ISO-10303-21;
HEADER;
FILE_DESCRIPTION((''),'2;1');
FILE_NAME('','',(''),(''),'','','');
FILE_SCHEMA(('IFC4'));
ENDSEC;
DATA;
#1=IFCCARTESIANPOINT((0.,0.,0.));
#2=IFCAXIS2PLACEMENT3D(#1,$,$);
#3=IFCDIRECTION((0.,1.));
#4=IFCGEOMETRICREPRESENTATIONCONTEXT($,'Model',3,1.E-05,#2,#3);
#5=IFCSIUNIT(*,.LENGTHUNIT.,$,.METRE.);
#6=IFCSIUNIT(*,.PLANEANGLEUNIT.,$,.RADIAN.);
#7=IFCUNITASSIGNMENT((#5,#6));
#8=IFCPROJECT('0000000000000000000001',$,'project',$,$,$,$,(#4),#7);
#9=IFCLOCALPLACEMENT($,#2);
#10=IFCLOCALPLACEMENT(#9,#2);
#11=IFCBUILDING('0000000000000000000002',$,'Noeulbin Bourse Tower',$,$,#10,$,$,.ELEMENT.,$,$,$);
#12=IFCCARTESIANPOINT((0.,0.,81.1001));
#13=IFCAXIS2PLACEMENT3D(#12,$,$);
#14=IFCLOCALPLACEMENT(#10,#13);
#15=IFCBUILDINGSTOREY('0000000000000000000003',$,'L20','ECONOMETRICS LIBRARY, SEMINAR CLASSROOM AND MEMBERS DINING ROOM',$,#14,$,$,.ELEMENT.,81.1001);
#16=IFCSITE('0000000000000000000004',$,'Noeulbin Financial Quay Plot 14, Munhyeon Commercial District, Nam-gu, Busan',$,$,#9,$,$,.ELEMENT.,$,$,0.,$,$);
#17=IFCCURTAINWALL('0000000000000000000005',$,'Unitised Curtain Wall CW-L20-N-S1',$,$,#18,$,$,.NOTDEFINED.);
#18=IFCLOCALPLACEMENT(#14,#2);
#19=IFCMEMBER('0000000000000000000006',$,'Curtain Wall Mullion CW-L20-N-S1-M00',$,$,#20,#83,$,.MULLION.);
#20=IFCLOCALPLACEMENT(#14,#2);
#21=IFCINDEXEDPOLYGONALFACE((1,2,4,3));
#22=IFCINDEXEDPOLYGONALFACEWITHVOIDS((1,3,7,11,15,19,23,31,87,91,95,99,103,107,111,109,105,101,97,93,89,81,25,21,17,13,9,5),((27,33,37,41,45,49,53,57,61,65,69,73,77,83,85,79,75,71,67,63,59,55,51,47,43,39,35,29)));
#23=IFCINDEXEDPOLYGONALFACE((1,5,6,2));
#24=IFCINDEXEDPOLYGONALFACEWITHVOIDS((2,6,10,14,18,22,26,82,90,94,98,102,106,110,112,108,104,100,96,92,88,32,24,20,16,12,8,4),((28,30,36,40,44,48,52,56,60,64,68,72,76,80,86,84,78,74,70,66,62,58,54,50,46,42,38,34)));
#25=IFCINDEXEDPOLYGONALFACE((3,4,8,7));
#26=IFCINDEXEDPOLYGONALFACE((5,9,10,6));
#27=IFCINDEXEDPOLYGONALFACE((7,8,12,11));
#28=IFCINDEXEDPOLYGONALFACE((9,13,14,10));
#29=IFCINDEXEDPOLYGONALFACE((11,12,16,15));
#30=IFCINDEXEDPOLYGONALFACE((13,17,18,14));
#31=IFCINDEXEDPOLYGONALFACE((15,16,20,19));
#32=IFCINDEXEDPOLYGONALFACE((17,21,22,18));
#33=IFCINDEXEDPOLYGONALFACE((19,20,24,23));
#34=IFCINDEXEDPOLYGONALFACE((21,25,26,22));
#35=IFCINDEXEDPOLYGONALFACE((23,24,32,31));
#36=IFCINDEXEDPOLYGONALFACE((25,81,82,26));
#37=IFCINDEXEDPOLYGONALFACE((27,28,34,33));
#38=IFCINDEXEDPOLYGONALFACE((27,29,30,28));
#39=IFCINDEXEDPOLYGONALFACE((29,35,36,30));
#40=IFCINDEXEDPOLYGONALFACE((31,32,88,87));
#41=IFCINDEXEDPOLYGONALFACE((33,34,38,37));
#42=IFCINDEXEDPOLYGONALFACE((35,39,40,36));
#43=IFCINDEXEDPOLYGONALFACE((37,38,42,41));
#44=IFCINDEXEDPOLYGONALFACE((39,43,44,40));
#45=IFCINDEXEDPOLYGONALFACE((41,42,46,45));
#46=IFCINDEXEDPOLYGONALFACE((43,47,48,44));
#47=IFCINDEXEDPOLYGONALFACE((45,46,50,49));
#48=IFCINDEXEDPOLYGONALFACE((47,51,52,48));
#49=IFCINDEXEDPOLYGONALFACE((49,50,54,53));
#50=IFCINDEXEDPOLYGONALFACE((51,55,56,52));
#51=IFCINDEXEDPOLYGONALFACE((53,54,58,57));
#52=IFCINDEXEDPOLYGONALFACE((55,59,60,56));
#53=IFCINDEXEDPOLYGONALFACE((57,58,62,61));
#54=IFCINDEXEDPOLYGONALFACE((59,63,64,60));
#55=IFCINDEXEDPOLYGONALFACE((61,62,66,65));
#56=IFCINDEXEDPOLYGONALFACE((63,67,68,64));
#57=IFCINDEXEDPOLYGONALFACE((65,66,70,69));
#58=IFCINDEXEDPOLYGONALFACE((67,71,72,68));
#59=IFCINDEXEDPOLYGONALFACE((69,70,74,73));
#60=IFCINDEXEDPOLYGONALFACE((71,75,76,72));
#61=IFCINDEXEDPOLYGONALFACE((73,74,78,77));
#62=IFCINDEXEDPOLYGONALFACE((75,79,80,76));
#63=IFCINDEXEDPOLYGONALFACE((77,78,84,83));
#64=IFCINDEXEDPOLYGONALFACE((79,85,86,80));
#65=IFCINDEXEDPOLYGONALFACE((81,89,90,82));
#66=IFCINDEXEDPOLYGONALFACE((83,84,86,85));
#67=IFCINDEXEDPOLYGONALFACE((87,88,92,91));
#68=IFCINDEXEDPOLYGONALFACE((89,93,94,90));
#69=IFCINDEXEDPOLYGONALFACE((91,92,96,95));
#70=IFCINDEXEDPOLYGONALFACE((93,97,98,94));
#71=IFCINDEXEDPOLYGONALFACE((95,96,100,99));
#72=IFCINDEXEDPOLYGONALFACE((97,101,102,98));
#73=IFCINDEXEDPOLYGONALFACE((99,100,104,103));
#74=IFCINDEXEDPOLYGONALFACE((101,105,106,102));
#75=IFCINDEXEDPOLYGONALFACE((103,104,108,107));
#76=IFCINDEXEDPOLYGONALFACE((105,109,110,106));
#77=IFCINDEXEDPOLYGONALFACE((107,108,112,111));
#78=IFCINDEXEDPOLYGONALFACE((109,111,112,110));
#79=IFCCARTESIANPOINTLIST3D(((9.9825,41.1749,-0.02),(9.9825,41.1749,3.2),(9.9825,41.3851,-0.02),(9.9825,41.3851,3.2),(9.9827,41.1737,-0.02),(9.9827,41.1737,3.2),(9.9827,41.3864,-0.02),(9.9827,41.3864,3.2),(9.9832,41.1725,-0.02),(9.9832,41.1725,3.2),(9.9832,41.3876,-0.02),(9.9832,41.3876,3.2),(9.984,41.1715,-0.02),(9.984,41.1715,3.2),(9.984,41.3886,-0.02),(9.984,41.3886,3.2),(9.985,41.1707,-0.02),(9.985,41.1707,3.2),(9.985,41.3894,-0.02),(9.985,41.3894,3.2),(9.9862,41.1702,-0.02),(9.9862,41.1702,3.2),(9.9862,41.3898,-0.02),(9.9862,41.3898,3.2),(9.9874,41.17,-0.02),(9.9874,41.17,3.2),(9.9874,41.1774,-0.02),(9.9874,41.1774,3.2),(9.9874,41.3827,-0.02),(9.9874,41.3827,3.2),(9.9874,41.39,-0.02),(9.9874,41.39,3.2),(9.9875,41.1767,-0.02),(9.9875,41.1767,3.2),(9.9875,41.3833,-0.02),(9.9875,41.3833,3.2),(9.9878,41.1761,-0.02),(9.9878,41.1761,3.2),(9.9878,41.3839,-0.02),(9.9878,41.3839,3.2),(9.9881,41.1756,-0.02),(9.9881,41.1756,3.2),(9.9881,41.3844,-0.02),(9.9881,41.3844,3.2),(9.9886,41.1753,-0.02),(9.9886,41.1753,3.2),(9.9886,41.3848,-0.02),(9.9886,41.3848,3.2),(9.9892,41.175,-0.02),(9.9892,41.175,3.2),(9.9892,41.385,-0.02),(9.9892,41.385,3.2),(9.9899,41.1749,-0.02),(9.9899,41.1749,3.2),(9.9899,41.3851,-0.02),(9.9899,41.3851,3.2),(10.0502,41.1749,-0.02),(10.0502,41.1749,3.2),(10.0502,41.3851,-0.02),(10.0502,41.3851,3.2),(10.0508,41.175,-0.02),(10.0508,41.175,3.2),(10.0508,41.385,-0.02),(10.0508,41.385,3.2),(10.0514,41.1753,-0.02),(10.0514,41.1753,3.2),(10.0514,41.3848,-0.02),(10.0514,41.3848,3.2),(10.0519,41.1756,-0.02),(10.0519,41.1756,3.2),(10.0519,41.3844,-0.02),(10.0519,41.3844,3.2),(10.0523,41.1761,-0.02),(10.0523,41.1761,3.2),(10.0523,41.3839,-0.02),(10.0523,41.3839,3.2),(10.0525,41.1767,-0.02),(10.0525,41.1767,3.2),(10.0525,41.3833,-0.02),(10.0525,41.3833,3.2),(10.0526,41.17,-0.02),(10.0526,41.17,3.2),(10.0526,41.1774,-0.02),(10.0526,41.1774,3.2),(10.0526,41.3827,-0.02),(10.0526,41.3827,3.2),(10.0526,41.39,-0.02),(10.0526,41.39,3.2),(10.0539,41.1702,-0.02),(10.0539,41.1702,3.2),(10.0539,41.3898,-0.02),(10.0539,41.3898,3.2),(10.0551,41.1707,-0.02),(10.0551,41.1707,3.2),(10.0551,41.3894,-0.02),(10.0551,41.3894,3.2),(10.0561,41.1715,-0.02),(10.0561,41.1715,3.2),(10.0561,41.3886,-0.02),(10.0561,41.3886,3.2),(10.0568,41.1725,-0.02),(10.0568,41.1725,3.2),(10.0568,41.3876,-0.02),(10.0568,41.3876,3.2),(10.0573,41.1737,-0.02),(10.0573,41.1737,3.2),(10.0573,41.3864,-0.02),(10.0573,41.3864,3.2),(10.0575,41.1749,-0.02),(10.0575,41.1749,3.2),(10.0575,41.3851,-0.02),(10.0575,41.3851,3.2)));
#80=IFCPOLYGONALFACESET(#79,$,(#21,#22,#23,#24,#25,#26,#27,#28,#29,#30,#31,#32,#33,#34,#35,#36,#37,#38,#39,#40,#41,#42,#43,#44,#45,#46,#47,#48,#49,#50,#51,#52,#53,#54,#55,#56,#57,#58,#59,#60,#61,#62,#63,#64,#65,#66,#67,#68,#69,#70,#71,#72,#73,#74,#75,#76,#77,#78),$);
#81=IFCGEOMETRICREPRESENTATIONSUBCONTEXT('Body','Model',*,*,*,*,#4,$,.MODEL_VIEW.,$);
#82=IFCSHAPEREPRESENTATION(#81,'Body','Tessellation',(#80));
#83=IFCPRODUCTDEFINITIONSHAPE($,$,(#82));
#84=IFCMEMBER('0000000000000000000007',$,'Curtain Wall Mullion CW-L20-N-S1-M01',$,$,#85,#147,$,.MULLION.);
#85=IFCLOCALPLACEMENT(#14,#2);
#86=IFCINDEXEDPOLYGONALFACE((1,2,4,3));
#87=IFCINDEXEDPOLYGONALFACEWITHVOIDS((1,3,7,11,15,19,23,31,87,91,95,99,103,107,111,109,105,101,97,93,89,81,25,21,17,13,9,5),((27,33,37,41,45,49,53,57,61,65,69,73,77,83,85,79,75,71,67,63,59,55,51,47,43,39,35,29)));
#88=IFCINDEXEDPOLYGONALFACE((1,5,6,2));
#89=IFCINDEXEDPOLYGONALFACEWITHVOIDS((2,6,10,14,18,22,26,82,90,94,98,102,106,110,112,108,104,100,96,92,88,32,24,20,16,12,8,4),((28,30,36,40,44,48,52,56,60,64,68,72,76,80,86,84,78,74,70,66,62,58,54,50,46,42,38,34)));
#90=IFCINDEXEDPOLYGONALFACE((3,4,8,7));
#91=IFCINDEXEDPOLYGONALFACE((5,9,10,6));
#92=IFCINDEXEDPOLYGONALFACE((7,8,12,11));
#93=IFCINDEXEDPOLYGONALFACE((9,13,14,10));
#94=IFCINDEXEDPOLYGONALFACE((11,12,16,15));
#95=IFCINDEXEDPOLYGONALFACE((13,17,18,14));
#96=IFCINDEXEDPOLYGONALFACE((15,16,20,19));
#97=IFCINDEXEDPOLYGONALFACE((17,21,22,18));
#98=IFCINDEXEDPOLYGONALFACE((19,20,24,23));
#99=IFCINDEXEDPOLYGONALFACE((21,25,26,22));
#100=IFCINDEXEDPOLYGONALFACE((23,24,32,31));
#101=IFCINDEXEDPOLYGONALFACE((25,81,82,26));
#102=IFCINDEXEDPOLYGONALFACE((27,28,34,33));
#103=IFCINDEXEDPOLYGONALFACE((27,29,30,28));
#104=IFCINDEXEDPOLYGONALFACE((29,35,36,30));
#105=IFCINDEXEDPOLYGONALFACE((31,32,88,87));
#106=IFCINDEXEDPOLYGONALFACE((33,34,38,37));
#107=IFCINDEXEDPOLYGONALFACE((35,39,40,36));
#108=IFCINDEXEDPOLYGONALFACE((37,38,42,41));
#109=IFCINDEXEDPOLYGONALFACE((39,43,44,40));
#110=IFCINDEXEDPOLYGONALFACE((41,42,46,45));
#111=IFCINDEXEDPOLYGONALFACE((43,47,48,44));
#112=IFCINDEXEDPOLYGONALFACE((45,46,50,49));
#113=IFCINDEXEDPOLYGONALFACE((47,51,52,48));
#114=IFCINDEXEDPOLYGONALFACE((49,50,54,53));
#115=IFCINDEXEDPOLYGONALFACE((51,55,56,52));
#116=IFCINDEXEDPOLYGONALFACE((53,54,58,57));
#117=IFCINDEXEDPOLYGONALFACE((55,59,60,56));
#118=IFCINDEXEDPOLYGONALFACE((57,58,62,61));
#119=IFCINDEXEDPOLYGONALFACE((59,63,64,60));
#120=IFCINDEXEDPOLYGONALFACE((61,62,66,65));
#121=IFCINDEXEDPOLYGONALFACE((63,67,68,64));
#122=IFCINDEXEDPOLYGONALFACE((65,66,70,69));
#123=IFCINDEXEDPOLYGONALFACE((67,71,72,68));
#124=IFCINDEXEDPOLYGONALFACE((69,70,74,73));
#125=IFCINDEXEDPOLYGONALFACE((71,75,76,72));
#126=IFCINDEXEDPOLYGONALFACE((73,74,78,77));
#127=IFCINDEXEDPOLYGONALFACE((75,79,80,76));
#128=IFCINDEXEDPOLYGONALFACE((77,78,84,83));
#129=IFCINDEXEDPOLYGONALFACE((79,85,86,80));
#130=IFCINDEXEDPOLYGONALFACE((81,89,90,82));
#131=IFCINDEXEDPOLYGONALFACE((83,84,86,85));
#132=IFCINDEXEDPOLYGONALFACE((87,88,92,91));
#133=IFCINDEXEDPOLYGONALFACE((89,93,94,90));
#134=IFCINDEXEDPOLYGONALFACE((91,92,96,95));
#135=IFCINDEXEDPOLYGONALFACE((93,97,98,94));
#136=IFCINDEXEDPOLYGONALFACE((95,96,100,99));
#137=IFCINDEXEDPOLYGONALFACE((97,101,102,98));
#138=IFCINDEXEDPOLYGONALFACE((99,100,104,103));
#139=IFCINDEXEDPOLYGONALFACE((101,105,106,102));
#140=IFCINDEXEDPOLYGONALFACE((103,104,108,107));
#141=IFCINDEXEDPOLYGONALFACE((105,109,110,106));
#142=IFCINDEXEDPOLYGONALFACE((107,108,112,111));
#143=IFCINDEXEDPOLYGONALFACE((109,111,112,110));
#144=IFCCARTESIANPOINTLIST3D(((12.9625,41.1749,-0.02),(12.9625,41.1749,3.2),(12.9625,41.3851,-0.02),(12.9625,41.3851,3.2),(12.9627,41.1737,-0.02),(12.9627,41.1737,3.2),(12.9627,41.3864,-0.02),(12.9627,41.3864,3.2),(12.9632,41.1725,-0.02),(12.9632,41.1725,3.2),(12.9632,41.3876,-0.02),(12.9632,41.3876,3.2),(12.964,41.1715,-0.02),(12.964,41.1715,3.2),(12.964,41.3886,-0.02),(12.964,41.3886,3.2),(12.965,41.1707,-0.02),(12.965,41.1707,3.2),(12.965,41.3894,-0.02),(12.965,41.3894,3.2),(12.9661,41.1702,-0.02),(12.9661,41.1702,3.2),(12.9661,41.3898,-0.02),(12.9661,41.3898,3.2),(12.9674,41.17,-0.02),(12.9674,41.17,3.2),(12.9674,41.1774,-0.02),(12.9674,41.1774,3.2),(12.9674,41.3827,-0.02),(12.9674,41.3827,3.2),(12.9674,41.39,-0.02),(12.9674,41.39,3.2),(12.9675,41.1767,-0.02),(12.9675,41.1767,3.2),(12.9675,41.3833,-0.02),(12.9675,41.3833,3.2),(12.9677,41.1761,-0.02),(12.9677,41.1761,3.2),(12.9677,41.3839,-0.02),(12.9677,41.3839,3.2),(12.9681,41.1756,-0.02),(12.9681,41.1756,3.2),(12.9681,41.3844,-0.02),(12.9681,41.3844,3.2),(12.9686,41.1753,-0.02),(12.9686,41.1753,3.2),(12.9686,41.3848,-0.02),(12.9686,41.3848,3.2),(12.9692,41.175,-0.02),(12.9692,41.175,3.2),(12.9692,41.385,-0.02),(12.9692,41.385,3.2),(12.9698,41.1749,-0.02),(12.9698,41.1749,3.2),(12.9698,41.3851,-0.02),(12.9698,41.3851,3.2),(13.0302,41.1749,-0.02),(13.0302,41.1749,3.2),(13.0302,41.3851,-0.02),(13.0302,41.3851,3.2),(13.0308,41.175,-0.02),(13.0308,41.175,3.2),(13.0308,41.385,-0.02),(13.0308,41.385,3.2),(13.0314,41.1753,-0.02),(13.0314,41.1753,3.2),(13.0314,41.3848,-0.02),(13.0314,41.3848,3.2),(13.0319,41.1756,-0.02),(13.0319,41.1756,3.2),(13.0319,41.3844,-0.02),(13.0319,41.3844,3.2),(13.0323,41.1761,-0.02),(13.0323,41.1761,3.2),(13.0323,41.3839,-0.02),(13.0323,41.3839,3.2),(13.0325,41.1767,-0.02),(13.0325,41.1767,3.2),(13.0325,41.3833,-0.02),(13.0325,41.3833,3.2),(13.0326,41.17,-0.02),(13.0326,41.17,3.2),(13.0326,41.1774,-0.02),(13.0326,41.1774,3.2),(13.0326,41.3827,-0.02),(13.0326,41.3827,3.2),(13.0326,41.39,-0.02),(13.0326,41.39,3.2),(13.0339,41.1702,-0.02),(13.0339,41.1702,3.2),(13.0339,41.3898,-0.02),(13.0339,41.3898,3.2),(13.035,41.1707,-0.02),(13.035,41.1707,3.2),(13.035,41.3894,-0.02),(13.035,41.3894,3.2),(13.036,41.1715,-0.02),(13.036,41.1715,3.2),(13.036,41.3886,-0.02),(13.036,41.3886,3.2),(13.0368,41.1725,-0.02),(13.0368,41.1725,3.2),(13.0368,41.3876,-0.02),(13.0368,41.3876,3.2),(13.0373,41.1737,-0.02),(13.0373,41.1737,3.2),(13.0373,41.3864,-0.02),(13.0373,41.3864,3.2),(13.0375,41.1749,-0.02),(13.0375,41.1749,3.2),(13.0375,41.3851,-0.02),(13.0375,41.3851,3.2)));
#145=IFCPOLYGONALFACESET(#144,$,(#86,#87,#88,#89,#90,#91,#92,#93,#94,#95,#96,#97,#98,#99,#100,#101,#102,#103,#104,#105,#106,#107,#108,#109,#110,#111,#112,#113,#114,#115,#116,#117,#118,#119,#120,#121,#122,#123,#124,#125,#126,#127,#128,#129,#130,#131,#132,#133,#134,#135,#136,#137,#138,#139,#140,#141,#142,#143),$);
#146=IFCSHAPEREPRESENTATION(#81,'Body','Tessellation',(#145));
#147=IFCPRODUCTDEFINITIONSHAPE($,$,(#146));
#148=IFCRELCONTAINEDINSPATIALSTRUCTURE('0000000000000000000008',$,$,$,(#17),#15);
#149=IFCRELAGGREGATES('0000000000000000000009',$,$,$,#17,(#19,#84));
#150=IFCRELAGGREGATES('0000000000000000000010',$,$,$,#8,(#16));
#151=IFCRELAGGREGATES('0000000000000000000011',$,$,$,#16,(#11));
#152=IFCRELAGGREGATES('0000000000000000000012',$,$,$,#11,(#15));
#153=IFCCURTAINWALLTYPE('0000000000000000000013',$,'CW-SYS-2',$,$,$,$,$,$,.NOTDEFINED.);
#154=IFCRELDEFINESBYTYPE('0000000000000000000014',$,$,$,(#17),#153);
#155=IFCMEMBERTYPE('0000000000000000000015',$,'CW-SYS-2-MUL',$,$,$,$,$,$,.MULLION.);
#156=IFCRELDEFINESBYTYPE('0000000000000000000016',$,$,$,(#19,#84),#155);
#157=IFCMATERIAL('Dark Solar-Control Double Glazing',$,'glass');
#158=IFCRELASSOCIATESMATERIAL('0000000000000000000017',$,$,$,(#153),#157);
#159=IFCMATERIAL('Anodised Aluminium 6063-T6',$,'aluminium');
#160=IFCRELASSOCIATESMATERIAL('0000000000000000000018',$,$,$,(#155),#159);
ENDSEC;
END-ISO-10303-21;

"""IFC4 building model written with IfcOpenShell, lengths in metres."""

from ifc_helpers import new_model, si_unit, direction, frame, origin, origin_2d, place, context, subcontext, project, spatial, hollow_rectangle, extrude, material, material_profile, profile_set, type_object, element, aggregate, save


model = new_model("IFC4")

# Units and contexts
model_context = context("Model", 3, precision=1e-05, world=origin(), true_north=direction((0.0, 1.0)))
body_context = subcontext(model_context, "Body", "Model", "MODEL_VIEW")
ifc_project = project(units=[si_unit("LENGTHUNIT", "METRE"), si_unit("PLANEANGLEUNIT", "RADIAN")], contexts=[model_context])

# Site, building, storey
site_placement = place(None, origin())
site = spatial("IfcSite", under=ifc_project, at=site_placement, Name="Noeulbin Financial Quay Plot 14, Munhyeon Commercial District, Nam-gu, Busan", CompositionType="ELEMENT", RefElevation=0.0)
building_placement = place(site_placement, origin())
building = spatial("IfcBuilding", under=site, at=building_placement, Name="Noeulbin Bourse Tower", CompositionType="ELEMENT")
storey_placement = place(building_placement, frame((0.0, 0.0, 81.1001)))
storey = spatial("IfcBuildingStorey", under=building, at=storey_placement, Name="L20", Description="ECONOMETRICS LIBRARY, SEMINAR CLASSROOM AND MEMBERS DINING ROOM", CompositionType="ELEMENT", Elevation=81.1001)

# Curtain wall, members
ifc_material_1 = material(Name="Dark Solar-Control Double Glazing", Category="glass")
curtain_wall_type = type_object("IfcCurtainWallType", Name="CW-SYS-2", PredefinedType="NOTDEFINED", material=ifc_material_1)
curtain_wall_1_placement = place(storey_placement, origin())
curtain_wall_1 = element("IfcCurtainWall", 1, at=curtain_wall_1_placement, inside=storey, type_object=curtain_wall_type, Name="Unitised Curtain Wall CW-L20-N-S1", PredefinedType="NOTDEFINED")
ifc_material_2 = material(Name="Anodised Aluminium 6063-T6", Category="aluminium")
ifc_material_profile_1 = material_profile(ifc_material_2, hollow_rectangle(XDim=0.075, YDim=0.22, WallThickness=0.0049, InnerFilletRadius=0.0024, OuterFilletRadius=0.0049, at=origin_2d()), Name="ALU-MULL-75x220x5", Category="LoadBearing")
ifc_profile_set_1 = profile_set([ifc_material_profile_1], Name="Anodised Aluminium 6063-T6")
member_type_1 = type_object("IfcMemberType", Name="CW-SYS-2-MUL", PredefinedType="MULLION", material=ifc_profile_set_1)
member_1_placement = place(storey_placement, frame((10.02, 41.28, -0.02), z_axis=(0.0, 0.0, 1.0), x_axis=(1.0, 0.0, 0.0)))
member_1 = element("IfcMember", 2, at=member_1_placement, type_object=member_type_1, Name="Curtain Wall Mullion CW-L20-N-S1-M00", PredefinedType="MULLION", context=body_context, shape_type="SweptSolid", body=[
    extrude(hollow_rectangle(XDim=0.075, YDim=0.22, WallThickness=0.0049, InnerFilletRadius=0.0024, OuterFilletRadius=0.0049, at=origin_2d()), origin(), (0.0, 0.0, 1.0), 3.22),
])
member_2_placement = place(storey_placement, frame((13.0, 41.28, -0.02), z_axis=(0.0, 0.0, 1.0), x_axis=(1.0, 0.0, 0.0)))
member_2 = element("IfcMember", 3, at=member_2_placement, type_object=member_type_1, Name="Curtain Wall Mullion CW-L20-N-S1-M01", PredefinedType="MULLION", context=body_context, shape_type="SweptSolid", body=[
    extrude(hollow_rectangle(XDim=0.075, YDim=0.22, WallThickness=0.0049, InnerFilletRadius=0.0024, OuterFilletRadius=0.0049, at=origin_2d()), origin(), (0.0, 0.0, 1.0), 3.22),
])

aggregate(curtain_wall_1, [member_1, member_2])

save(model, "model.ifc")
